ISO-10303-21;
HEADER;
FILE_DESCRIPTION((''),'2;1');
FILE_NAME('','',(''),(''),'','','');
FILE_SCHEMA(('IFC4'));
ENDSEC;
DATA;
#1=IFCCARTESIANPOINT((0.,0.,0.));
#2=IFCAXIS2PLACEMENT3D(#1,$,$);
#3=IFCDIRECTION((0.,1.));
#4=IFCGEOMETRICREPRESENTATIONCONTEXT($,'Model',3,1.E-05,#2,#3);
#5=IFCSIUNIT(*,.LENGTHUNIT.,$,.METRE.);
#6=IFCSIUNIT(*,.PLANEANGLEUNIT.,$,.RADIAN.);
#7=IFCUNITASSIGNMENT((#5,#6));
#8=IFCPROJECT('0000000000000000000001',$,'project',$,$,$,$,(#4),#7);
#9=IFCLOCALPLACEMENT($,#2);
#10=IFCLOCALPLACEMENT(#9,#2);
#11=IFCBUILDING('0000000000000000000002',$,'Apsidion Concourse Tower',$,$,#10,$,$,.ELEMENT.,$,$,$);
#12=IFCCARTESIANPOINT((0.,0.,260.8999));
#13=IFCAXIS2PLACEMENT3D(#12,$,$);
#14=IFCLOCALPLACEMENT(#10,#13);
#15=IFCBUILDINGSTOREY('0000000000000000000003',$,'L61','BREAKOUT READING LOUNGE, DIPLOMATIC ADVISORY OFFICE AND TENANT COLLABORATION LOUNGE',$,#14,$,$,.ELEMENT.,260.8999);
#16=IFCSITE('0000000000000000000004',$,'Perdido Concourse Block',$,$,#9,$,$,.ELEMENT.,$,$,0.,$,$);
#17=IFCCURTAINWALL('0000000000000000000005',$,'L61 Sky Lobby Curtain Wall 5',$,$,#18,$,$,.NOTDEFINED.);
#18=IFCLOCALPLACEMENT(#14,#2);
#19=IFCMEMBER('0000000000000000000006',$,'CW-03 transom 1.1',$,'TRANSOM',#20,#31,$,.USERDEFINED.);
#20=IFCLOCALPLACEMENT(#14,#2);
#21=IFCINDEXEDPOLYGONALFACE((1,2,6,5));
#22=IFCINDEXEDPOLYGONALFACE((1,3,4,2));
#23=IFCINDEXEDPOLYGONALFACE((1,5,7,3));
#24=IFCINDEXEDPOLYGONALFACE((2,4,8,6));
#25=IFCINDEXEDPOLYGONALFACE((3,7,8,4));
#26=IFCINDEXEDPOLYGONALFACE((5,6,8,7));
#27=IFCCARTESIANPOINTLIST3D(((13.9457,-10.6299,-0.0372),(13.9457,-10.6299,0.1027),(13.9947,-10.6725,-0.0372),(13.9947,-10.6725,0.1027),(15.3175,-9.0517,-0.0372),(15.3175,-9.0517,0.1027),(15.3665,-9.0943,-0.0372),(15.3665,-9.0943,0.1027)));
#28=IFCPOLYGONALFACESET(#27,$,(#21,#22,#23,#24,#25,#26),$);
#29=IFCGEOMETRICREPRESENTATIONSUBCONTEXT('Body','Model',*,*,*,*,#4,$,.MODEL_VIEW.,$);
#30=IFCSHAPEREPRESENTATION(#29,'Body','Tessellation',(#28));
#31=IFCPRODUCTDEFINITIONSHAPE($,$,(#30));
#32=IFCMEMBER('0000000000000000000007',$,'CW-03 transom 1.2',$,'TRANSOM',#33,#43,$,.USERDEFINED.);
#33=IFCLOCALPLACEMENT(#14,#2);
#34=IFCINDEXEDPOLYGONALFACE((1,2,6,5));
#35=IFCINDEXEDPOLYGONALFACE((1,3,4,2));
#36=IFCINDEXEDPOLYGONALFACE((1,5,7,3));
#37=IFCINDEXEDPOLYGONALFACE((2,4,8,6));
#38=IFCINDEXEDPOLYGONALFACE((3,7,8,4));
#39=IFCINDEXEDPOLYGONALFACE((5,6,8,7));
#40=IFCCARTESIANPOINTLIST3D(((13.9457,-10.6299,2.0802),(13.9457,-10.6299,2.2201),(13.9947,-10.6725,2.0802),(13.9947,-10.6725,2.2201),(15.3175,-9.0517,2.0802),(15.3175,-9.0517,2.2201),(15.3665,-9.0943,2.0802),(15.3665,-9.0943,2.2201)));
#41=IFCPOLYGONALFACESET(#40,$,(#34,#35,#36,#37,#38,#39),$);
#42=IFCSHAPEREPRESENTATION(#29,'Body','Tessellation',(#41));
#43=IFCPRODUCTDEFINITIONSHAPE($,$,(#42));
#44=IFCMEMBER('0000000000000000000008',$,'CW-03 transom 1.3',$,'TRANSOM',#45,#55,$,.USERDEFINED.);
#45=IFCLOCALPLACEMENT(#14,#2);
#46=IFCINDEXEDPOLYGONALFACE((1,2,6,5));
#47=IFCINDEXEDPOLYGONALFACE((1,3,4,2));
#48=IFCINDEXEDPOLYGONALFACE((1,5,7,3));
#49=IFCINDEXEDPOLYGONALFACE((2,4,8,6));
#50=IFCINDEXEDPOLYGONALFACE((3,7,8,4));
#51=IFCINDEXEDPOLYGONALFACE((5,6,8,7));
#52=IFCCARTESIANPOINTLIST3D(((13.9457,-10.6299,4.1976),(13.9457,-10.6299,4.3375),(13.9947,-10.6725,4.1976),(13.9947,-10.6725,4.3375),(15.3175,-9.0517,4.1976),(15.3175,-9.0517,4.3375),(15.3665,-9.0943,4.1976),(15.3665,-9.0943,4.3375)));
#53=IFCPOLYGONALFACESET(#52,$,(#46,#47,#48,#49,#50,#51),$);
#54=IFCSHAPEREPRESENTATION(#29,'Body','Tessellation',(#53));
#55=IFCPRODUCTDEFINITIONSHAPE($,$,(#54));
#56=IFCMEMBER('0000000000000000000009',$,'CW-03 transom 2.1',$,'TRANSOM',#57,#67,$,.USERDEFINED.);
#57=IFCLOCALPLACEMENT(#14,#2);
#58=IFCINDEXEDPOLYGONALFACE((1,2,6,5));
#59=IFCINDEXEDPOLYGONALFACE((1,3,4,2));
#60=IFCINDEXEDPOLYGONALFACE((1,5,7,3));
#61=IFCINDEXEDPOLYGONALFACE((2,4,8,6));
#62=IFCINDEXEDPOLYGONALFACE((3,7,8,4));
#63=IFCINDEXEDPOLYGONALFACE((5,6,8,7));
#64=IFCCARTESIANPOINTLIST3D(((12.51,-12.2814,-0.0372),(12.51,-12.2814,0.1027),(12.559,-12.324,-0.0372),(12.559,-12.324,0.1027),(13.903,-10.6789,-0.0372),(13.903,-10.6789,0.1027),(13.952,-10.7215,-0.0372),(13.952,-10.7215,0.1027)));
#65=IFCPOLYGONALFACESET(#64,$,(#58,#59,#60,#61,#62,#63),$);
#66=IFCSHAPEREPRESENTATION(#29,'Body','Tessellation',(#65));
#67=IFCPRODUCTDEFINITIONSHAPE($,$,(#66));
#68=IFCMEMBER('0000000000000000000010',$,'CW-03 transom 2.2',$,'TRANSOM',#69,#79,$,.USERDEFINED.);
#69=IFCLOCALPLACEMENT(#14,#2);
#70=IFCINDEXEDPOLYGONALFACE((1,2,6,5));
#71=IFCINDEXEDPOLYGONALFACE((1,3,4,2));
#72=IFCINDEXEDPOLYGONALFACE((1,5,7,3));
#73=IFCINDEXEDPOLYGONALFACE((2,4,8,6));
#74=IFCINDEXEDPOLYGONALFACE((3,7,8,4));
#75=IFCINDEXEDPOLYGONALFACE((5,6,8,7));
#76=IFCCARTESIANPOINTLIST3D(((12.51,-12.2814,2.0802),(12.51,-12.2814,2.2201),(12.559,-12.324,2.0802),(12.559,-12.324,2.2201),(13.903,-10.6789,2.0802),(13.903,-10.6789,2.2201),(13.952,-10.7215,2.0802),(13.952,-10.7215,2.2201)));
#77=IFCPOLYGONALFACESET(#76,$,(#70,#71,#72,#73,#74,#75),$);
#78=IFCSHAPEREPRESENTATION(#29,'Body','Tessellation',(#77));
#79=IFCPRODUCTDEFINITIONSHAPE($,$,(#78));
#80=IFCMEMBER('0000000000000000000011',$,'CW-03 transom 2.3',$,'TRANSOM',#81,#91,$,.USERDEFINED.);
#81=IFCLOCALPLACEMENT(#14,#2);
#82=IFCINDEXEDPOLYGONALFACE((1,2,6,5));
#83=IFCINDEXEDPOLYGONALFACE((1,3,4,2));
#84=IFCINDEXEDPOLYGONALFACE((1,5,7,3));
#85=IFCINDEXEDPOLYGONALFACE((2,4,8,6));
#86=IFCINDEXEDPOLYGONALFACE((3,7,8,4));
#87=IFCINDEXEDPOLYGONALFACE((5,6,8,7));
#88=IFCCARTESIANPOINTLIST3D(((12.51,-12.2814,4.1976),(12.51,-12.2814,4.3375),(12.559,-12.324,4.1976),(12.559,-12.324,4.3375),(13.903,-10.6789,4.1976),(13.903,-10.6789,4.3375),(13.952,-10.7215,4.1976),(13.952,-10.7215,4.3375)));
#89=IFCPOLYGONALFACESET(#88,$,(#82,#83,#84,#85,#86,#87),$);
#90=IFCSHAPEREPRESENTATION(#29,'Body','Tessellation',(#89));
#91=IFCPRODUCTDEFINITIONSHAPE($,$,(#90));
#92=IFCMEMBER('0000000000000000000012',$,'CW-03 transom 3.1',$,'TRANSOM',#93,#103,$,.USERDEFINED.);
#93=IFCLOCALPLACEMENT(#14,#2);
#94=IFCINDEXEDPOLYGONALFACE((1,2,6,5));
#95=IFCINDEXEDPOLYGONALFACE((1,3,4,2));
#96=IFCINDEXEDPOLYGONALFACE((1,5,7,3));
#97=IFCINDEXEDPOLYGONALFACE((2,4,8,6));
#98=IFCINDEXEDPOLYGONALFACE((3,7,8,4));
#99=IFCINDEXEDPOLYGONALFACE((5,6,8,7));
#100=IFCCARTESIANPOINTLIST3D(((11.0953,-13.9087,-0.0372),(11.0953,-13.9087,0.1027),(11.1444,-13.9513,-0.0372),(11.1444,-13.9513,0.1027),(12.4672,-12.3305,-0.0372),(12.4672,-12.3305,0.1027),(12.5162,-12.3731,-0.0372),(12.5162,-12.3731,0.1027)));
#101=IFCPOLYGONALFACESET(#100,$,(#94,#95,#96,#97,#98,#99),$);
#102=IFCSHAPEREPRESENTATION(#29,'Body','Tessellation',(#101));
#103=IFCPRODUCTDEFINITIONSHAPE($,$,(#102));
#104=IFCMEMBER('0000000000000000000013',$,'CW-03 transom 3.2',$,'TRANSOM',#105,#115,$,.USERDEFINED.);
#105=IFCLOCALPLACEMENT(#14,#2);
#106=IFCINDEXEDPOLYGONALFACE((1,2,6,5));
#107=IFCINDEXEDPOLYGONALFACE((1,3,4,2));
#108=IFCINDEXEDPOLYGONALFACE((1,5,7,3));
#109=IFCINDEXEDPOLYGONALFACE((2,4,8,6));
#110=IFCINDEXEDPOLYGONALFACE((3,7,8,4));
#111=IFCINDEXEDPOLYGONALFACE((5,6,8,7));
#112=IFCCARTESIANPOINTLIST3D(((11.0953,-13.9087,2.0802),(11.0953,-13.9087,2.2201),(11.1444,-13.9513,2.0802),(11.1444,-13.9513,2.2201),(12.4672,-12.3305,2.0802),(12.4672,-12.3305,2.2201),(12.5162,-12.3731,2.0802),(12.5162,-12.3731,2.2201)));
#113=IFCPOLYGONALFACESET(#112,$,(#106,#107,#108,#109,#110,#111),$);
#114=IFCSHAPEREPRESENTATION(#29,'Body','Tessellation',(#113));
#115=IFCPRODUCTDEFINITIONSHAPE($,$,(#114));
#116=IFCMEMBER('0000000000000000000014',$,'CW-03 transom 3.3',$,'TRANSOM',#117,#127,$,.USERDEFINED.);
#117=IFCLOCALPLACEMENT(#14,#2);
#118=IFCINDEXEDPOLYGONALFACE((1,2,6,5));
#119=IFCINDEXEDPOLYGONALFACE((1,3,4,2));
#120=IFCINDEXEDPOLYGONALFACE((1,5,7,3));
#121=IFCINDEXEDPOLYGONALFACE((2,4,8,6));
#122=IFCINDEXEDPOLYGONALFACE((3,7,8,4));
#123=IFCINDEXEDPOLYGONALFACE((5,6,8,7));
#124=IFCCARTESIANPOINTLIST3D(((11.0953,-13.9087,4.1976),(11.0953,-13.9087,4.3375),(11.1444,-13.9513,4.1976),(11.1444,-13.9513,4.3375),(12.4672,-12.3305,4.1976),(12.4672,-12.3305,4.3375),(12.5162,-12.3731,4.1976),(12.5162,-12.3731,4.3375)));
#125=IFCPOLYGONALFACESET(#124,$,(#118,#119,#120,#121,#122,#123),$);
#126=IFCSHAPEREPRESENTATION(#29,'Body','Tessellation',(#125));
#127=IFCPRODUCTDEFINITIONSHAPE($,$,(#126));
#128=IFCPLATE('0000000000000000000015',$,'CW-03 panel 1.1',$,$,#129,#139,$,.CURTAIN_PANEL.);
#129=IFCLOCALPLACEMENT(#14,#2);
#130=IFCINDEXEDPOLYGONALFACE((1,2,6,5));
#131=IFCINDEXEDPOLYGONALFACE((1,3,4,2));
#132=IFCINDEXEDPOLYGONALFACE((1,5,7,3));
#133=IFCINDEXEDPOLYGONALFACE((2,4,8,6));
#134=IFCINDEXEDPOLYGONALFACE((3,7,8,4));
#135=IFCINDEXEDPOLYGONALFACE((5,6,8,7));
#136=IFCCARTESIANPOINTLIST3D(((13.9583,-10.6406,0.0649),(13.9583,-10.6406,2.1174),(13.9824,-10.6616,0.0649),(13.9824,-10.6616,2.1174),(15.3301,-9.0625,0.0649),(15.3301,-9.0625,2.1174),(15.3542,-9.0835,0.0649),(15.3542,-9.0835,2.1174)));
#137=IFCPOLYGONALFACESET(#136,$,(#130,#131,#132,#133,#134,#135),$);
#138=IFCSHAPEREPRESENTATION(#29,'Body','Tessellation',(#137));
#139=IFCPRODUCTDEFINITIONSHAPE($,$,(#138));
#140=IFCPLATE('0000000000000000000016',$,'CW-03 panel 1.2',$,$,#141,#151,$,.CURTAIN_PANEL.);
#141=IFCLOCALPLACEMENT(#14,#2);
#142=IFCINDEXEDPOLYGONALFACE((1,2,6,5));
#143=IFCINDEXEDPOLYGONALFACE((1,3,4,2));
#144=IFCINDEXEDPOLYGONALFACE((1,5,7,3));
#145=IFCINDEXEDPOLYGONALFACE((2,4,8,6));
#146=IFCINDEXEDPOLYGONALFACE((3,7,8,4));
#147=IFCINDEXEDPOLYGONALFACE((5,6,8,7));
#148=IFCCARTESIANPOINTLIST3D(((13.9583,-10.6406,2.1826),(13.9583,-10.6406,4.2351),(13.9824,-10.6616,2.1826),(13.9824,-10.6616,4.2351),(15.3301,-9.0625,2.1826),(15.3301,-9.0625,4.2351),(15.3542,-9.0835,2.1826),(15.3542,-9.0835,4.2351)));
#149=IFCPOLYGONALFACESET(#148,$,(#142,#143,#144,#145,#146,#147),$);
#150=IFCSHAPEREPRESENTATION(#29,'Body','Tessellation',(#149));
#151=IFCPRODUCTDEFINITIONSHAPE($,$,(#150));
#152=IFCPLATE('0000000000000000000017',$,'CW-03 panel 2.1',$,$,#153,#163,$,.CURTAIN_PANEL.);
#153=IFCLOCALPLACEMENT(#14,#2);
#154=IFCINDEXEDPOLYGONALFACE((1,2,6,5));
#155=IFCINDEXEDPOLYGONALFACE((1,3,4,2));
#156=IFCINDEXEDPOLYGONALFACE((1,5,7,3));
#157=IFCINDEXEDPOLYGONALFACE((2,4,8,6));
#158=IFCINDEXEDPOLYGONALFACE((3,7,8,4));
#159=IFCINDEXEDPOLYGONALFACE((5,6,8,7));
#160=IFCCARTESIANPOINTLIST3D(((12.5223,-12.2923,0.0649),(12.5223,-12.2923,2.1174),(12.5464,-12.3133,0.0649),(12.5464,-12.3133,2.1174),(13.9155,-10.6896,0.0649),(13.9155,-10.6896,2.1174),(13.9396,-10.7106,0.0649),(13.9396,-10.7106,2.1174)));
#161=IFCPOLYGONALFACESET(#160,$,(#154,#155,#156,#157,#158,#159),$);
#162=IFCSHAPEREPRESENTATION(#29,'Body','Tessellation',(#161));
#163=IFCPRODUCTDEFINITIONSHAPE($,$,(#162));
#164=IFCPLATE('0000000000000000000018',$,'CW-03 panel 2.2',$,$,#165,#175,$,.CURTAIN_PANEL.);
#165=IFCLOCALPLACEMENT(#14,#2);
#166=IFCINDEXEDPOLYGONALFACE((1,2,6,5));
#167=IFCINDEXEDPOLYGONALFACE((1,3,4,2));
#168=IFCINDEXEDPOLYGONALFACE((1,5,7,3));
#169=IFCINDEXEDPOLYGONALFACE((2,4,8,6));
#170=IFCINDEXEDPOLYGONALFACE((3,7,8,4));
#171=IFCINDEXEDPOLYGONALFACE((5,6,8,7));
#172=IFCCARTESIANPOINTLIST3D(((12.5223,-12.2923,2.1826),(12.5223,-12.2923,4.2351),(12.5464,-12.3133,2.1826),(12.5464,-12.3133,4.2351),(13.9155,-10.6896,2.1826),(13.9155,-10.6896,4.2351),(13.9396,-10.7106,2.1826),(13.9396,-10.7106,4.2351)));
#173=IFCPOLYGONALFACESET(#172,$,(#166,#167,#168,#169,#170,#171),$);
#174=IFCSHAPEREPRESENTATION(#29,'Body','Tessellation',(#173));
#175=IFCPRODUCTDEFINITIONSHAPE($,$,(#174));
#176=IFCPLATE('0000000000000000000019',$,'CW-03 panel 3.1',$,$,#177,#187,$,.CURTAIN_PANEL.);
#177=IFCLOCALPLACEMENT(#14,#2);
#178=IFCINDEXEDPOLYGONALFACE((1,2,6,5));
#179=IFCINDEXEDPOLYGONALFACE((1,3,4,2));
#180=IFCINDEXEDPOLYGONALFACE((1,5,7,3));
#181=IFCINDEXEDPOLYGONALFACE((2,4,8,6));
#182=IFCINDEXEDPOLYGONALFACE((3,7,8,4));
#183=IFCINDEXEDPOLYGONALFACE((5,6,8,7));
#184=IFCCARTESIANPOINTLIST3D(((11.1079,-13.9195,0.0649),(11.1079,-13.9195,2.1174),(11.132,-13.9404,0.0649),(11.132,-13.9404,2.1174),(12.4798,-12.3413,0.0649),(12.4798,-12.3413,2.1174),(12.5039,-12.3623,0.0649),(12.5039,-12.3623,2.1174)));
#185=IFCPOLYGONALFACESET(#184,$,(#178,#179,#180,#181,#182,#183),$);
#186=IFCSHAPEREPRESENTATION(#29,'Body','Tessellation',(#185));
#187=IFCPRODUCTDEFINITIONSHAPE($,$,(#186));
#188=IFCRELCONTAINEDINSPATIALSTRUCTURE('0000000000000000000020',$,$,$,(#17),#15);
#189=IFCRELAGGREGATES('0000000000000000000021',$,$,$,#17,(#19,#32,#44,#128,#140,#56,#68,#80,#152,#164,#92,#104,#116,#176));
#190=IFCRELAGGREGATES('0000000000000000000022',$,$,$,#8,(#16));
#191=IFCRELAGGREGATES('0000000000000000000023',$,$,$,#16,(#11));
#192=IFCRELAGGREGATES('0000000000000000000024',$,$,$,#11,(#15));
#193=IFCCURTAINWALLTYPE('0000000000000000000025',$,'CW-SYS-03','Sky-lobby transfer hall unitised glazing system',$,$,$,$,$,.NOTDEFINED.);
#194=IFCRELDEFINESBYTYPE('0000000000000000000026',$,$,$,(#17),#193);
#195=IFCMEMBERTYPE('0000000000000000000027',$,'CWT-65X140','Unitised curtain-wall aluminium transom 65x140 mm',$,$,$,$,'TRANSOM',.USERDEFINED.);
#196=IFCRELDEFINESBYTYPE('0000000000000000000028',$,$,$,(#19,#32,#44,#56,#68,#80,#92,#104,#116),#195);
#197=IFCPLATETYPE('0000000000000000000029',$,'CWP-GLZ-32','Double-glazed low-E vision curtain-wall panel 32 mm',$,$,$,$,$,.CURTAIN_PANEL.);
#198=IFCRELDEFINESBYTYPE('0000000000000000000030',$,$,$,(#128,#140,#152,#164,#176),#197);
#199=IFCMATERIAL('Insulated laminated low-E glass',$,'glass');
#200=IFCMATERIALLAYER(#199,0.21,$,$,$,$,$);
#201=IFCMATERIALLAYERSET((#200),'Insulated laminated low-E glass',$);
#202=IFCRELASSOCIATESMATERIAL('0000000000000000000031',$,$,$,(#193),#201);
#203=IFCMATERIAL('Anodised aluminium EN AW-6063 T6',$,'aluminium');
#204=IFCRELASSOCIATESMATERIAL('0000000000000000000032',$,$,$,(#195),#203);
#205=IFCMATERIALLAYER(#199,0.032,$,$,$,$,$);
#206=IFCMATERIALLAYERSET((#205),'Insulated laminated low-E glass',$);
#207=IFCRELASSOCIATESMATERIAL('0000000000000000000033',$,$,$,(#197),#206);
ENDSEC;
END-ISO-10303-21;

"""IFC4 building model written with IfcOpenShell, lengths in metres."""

from ifc_helpers import new_model, si_unit, direction, frame, origin, origin_2d, place, context, subcontext, project, spatial, rectangle, extrude, material, layer, layer_set, material_profile, profile_set, type_object, element, aggregate, save


model = new_model("IFC4")

# Units and contexts
model_context = context("Model", 3, precision=1e-05, world=origin(), true_north=direction((0.0, 1.0)))
body_context = subcontext(model_context, "Body", "Model", "MODEL_VIEW")
ifc_project = project(units=[si_unit("LENGTHUNIT", "METRE"), si_unit("PLANEANGLEUNIT", "RADIAN")], contexts=[model_context])

# Site, building, storey
site_placement = place(None, origin())
site = spatial("IfcSite", under=ifc_project, at=site_placement, Name="Perdido Concourse Block", CompositionType="ELEMENT", RefElevation=0.0)
building_placement = place(site_placement, origin())
building = spatial("IfcBuilding", under=site, at=building_placement, Name="Apsidion Concourse Tower", CompositionType="ELEMENT")
storey_placement = place(building_placement, frame((0.0, 0.0, 260.8999)))
storey = spatial("IfcBuildingStorey", under=building, at=storey_placement, Name="L61", Description="BREAKOUT READING LOUNGE, DIPLOMATIC ADVISORY OFFICE AND TENANT COLLABORATION LOUNGE", CompositionType="ELEMENT", Elevation=260.8999)

# Curtain wall, members, plates
ifc_material_1 = material(Name="Insulated laminated low-E glass", Category="glass")
ifc_layer_1 = layer(ifc_material_1, 0.21)
ifc_layer_set_1 = layer_set([ifc_layer_1], Name="Insulated laminated low-E glass")
curtain_wall_type = type_object("IfcCurtainWallType", Name="CW-SYS-03", Description="Sky-lobby transfer hall unitised glazing system", PredefinedType="NOTDEFINED", material=ifc_layer_set_1)
curtain_wall_placement = place(storey_placement, origin())
curtain_wall = element("IfcCurtainWall", 1, at=curtain_wall_placement, inside=storey, type_object=curtain_wall_type, Name="L61 Sky Lobby Curtain Wall 5", PredefinedType="NOTDEFINED")
ifc_material_2 = material(Name="Anodised aluminium EN AW-6063 T6", Category="aluminium")
ifc_material_profile_1 = material_profile(ifc_material_2, rectangle(XDim=0.0649, YDim=0.1399, at=origin_2d()), Name="ALU TRANSOM 65x140")
ifc_profile_set_1 = profile_set([ifc_material_profile_1], Name="Anodised aluminium EN AW-6063 T6")
member_type_1 = type_object("IfcMemberType", Name="CWT-65X140", Description="Unitised curtain-wall aluminium transom 65x140 mm", ElementType="TRANSOM", PredefinedType="USERDEFINED", material=ifc_profile_set_1)
member_1_placement = place(storey_placement, frame((15.342, -9.073, 0.0327), z_axis=(-0.656054, -0.754714, 0.0), x_axis=(0.754714, -0.656054, 0.0)))
member_1 = element("IfcMember", 2, at=member_1_placement, type_object=member_type_1, Name="CW-03 transom 1.1", ObjectType="TRANSOM", PredefinedType="USERDEFINED", context=body_context, shape_type="SweptSolid", body=[
    extrude(rectangle(XDim=0.0649, YDim=0.1399, at=origin_2d()), origin(), (0.0, 0.0, 1.0), 2.0911),
])
member_2_placement = place(storey_placement, frame((15.342, -9.073, 2.1501), z_axis=(-0.656054, -0.754714, 0.0), x_axis=(0.754714, -0.656054, 0.0)))
member_2 = element("IfcMember", 3, at=member_2_placement, type_object=member_type_1, Name="CW-03 transom 1.2", ObjectType="TRANSOM", PredefinedType="USERDEFINED", context=body_context, shape_type="SweptSolid", body=[
    extrude(rectangle(XDim=0.0649, YDim=0.1399, at=origin_2d()), origin(), (0.0, 0.0, 1.0), 2.0911),
])
member_3_placement = place(storey_placement, frame((15.342, -9.073, 4.2676), z_axis=(-0.656054, -0.754714, 0.0), x_axis=(0.754714, -0.656054, 0.0)))
member_3 = element("IfcMember", 4, at=member_3_placement, type_object=member_type_1, Name="CW-03 transom 1.3", ObjectType="TRANSOM", PredefinedType="USERDEFINED", context=body_context, shape_type="SweptSolid", body=[
    extrude(rectangle(XDim=0.0649, YDim=0.1399, at=origin_2d()), origin(), (0.0, 0.0, 1.0), 2.0911),
])
member_4_placement = place(storey_placement, frame((13.9275, -10.7002, 0.0327), z_axis=(-0.656059, -0.754709, 0.0), x_axis=(0.754709, -0.656059, 0.0)))
member_4 = element("IfcMember", 5, at=member_4_placement, type_object=member_type_1, Name="CW-03 transom 2.1", ObjectType="TRANSOM", PredefinedType="USERDEFINED", context=body_context, shape_type="SweptSolid", body=[
    extrude(rectangle(XDim=0.0649, YDim=0.1399, at=origin_2d()), origin(), (0.0, 0.0, 1.0), 2.1233),
])
member_5_placement = place(storey_placement, frame((13.9275, -10.7002, 2.1501), z_axis=(-0.656059, -0.754709, 0.0), x_axis=(0.754709, -0.656059, 0.0)))
member_5 = element("IfcMember", 6, at=member_5_placement, type_object=member_type_1, Name="CW-03 transom 2.2", ObjectType="TRANSOM", PredefinedType="USERDEFINED", context=body_context, shape_type="SweptSolid", body=[
    extrude(rectangle(XDim=0.0649, YDim=0.1399, at=origin_2d()), origin(), (0.0, 0.0, 1.0), 2.1233),
])
member_6_placement = place(storey_placement, frame((13.9275, -10.7002, 4.2676), z_axis=(-0.656059, -0.754709, 0.0), x_axis=(0.754709, -0.656059, 0.0)))
member_6 = element("IfcMember", 7, at=member_6_placement, type_object=member_type_1, Name="CW-03 transom 2.3", ObjectType="TRANSOM", PredefinedType="USERDEFINED", context=body_context, shape_type="SweptSolid", body=[
    extrude(rectangle(XDim=0.0649, YDim=0.1399, at=origin_2d()), origin(), (0.0, 0.0, 1.0), 2.1233),
])
member_7_placement = place(storey_placement, frame((12.4917, -12.3518, 0.0327), z_axis=(-0.656054, -0.754714, 0.0), x_axis=(0.754714, -0.656054, 0.0)))
member_7 = element("IfcMember", 8, at=member_7_placement, type_object=member_type_1, Name="CW-03 transom 3.1", ObjectType="TRANSOM", PredefinedType="USERDEFINED", context=body_context, shape_type="SweptSolid", body=[
    extrude(rectangle(XDim=0.0649, YDim=0.1399, at=origin_2d()), origin(), (0.0, 0.0, 1.0), 2.0911),
])
member_8_placement = place(storey_placement, frame((12.4917, -12.3518, 2.1501), z_axis=(-0.656054, -0.754714, 0.0), x_axis=(0.754714, -0.656054, 0.0)))
member_8 = element("IfcMember", 9, at=member_8_placement, type_object=member_type_1, Name="CW-03 transom 3.2", ObjectType="TRANSOM", PredefinedType="USERDEFINED", context=body_context, shape_type="SweptSolid", body=[
    extrude(rectangle(XDim=0.0649, YDim=0.1399, at=origin_2d()), origin(), (0.0, 0.0, 1.0), 2.0911),
])
member_9_placement = place(storey_placement, frame((12.4917, -12.3518, 4.2676), z_axis=(-0.656054, -0.754714, 0.0), x_axis=(0.754714, -0.656054, 0.0)))
member_9 = element("IfcMember", 10, at=member_9_placement, type_object=member_type_1, Name="CW-03 transom 3.3", ObjectType="TRANSOM", PredefinedType="USERDEFINED", context=body_context, shape_type="SweptSolid", body=[
    extrude(rectangle(XDim=0.0649, YDim=0.1399, at=origin_2d()), origin(), (0.0, 0.0, 1.0), 2.0911),
])
ifc_layer_2 = layer(ifc_material_1, 0.032)
ifc_layer_set_2 = layer_set([ifc_layer_2], Name="Insulated laminated low-E glass")
plate_type = type_object("IfcPlateType", Name="CWP-GLZ-32", Description="Double-glazed low-E vision curtain-wall panel 32 mm", PredefinedType="CURTAIN_PANEL", material=ifc_layer_set_2)
plate_1_placement = place(storey_placement, frame((14.6562, -9.8621, 0.0649), z_axis=(0.0, 0.0, 1.0), x_axis=(-0.656059, -0.75471, 0.0)))
plate_1 = element("IfcPlate", 11, at=plate_1_placement, type_object=plate_type, Name="CW-03 panel 1.1", PredefinedType="CURTAIN_PANEL", context=body_context, shape_type="SweptSolid", body=[
    extrude(rectangle(XDim=2.0911, YDim=0.032, at=origin_2d()), origin(), (0.0, 0.0, 1.0), 2.0525),
])
plate_2_placement = place(storey_placement, frame((14.6562, -9.8621, 2.1826), z_axis=(0.0, 0.0, 1.0), x_axis=(-0.656059, -0.75471, 0.0)))
plate_2 = element("IfcPlate", 12, at=plate_2_placement, type_object=plate_type, Name="CW-03 panel 1.2", PredefinedType="CURTAIN_PANEL", context=body_context, shape_type="SweptSolid", body=[
    extrude(rectangle(XDim=2.0911, YDim=0.032, at=origin_2d()), origin(), (0.0, 0.0, 1.0), 2.0525),
])
plate_3_placement = place(storey_placement, frame((13.231, -11.5015, 0.0649), z_axis=(0.0, 0.0, 1.0), x_axis=(-0.656059, -0.75471, 0.0)))
plate_3 = element("IfcPlate", 13, at=plate_3_placement, type_object=plate_type, Name="CW-03 panel 2.1", PredefinedType="CURTAIN_PANEL", context=body_context, shape_type="SweptSolid", body=[
    extrude(rectangle(XDim=2.1235, YDim=0.032, at=origin_2d()), origin(), (0.0, 0.0, 1.0), 2.0525),
])
plate_4_placement = place(storey_placement, frame((13.231, -11.5015, 2.1826), z_axis=(0.0, 0.0, 1.0), x_axis=(-0.656059, -0.75471, 0.0)))
plate_4 = element("IfcPlate", 14, at=plate_4_placement, type_object=plate_type, Name="CW-03 panel 2.2", PredefinedType="CURTAIN_PANEL", context=body_context, shape_type="SweptSolid", body=[
    extrude(rectangle(XDim=2.1235, YDim=0.032, at=origin_2d()), origin(), (0.0, 0.0, 1.0), 2.0525),
])
plate_5_placement = place(storey_placement, frame((11.8059, -13.1409, 0.0649), z_axis=(0.0, 0.0, 1.0), x_axis=(-0.656059, -0.75471, 0.0)))
plate_5 = element("IfcPlate", 15, at=plate_5_placement, type_object=plate_type, Name="CW-03 panel 3.1", PredefinedType="CURTAIN_PANEL", context=body_context, shape_type="SweptSolid", body=[
    extrude(rectangle(XDim=2.0911, YDim=0.032, at=origin_2d()), origin(), (0.0, 0.0, 1.0), 2.0525),
])
aggregate(curtain_wall, [member_1, member_2, member_3, plate_1, plate_2, member_4, member_5, member_6, plate_3, plate_4, member_7, member_8, member_9, plate_5])

save(model, "model.ifc")
